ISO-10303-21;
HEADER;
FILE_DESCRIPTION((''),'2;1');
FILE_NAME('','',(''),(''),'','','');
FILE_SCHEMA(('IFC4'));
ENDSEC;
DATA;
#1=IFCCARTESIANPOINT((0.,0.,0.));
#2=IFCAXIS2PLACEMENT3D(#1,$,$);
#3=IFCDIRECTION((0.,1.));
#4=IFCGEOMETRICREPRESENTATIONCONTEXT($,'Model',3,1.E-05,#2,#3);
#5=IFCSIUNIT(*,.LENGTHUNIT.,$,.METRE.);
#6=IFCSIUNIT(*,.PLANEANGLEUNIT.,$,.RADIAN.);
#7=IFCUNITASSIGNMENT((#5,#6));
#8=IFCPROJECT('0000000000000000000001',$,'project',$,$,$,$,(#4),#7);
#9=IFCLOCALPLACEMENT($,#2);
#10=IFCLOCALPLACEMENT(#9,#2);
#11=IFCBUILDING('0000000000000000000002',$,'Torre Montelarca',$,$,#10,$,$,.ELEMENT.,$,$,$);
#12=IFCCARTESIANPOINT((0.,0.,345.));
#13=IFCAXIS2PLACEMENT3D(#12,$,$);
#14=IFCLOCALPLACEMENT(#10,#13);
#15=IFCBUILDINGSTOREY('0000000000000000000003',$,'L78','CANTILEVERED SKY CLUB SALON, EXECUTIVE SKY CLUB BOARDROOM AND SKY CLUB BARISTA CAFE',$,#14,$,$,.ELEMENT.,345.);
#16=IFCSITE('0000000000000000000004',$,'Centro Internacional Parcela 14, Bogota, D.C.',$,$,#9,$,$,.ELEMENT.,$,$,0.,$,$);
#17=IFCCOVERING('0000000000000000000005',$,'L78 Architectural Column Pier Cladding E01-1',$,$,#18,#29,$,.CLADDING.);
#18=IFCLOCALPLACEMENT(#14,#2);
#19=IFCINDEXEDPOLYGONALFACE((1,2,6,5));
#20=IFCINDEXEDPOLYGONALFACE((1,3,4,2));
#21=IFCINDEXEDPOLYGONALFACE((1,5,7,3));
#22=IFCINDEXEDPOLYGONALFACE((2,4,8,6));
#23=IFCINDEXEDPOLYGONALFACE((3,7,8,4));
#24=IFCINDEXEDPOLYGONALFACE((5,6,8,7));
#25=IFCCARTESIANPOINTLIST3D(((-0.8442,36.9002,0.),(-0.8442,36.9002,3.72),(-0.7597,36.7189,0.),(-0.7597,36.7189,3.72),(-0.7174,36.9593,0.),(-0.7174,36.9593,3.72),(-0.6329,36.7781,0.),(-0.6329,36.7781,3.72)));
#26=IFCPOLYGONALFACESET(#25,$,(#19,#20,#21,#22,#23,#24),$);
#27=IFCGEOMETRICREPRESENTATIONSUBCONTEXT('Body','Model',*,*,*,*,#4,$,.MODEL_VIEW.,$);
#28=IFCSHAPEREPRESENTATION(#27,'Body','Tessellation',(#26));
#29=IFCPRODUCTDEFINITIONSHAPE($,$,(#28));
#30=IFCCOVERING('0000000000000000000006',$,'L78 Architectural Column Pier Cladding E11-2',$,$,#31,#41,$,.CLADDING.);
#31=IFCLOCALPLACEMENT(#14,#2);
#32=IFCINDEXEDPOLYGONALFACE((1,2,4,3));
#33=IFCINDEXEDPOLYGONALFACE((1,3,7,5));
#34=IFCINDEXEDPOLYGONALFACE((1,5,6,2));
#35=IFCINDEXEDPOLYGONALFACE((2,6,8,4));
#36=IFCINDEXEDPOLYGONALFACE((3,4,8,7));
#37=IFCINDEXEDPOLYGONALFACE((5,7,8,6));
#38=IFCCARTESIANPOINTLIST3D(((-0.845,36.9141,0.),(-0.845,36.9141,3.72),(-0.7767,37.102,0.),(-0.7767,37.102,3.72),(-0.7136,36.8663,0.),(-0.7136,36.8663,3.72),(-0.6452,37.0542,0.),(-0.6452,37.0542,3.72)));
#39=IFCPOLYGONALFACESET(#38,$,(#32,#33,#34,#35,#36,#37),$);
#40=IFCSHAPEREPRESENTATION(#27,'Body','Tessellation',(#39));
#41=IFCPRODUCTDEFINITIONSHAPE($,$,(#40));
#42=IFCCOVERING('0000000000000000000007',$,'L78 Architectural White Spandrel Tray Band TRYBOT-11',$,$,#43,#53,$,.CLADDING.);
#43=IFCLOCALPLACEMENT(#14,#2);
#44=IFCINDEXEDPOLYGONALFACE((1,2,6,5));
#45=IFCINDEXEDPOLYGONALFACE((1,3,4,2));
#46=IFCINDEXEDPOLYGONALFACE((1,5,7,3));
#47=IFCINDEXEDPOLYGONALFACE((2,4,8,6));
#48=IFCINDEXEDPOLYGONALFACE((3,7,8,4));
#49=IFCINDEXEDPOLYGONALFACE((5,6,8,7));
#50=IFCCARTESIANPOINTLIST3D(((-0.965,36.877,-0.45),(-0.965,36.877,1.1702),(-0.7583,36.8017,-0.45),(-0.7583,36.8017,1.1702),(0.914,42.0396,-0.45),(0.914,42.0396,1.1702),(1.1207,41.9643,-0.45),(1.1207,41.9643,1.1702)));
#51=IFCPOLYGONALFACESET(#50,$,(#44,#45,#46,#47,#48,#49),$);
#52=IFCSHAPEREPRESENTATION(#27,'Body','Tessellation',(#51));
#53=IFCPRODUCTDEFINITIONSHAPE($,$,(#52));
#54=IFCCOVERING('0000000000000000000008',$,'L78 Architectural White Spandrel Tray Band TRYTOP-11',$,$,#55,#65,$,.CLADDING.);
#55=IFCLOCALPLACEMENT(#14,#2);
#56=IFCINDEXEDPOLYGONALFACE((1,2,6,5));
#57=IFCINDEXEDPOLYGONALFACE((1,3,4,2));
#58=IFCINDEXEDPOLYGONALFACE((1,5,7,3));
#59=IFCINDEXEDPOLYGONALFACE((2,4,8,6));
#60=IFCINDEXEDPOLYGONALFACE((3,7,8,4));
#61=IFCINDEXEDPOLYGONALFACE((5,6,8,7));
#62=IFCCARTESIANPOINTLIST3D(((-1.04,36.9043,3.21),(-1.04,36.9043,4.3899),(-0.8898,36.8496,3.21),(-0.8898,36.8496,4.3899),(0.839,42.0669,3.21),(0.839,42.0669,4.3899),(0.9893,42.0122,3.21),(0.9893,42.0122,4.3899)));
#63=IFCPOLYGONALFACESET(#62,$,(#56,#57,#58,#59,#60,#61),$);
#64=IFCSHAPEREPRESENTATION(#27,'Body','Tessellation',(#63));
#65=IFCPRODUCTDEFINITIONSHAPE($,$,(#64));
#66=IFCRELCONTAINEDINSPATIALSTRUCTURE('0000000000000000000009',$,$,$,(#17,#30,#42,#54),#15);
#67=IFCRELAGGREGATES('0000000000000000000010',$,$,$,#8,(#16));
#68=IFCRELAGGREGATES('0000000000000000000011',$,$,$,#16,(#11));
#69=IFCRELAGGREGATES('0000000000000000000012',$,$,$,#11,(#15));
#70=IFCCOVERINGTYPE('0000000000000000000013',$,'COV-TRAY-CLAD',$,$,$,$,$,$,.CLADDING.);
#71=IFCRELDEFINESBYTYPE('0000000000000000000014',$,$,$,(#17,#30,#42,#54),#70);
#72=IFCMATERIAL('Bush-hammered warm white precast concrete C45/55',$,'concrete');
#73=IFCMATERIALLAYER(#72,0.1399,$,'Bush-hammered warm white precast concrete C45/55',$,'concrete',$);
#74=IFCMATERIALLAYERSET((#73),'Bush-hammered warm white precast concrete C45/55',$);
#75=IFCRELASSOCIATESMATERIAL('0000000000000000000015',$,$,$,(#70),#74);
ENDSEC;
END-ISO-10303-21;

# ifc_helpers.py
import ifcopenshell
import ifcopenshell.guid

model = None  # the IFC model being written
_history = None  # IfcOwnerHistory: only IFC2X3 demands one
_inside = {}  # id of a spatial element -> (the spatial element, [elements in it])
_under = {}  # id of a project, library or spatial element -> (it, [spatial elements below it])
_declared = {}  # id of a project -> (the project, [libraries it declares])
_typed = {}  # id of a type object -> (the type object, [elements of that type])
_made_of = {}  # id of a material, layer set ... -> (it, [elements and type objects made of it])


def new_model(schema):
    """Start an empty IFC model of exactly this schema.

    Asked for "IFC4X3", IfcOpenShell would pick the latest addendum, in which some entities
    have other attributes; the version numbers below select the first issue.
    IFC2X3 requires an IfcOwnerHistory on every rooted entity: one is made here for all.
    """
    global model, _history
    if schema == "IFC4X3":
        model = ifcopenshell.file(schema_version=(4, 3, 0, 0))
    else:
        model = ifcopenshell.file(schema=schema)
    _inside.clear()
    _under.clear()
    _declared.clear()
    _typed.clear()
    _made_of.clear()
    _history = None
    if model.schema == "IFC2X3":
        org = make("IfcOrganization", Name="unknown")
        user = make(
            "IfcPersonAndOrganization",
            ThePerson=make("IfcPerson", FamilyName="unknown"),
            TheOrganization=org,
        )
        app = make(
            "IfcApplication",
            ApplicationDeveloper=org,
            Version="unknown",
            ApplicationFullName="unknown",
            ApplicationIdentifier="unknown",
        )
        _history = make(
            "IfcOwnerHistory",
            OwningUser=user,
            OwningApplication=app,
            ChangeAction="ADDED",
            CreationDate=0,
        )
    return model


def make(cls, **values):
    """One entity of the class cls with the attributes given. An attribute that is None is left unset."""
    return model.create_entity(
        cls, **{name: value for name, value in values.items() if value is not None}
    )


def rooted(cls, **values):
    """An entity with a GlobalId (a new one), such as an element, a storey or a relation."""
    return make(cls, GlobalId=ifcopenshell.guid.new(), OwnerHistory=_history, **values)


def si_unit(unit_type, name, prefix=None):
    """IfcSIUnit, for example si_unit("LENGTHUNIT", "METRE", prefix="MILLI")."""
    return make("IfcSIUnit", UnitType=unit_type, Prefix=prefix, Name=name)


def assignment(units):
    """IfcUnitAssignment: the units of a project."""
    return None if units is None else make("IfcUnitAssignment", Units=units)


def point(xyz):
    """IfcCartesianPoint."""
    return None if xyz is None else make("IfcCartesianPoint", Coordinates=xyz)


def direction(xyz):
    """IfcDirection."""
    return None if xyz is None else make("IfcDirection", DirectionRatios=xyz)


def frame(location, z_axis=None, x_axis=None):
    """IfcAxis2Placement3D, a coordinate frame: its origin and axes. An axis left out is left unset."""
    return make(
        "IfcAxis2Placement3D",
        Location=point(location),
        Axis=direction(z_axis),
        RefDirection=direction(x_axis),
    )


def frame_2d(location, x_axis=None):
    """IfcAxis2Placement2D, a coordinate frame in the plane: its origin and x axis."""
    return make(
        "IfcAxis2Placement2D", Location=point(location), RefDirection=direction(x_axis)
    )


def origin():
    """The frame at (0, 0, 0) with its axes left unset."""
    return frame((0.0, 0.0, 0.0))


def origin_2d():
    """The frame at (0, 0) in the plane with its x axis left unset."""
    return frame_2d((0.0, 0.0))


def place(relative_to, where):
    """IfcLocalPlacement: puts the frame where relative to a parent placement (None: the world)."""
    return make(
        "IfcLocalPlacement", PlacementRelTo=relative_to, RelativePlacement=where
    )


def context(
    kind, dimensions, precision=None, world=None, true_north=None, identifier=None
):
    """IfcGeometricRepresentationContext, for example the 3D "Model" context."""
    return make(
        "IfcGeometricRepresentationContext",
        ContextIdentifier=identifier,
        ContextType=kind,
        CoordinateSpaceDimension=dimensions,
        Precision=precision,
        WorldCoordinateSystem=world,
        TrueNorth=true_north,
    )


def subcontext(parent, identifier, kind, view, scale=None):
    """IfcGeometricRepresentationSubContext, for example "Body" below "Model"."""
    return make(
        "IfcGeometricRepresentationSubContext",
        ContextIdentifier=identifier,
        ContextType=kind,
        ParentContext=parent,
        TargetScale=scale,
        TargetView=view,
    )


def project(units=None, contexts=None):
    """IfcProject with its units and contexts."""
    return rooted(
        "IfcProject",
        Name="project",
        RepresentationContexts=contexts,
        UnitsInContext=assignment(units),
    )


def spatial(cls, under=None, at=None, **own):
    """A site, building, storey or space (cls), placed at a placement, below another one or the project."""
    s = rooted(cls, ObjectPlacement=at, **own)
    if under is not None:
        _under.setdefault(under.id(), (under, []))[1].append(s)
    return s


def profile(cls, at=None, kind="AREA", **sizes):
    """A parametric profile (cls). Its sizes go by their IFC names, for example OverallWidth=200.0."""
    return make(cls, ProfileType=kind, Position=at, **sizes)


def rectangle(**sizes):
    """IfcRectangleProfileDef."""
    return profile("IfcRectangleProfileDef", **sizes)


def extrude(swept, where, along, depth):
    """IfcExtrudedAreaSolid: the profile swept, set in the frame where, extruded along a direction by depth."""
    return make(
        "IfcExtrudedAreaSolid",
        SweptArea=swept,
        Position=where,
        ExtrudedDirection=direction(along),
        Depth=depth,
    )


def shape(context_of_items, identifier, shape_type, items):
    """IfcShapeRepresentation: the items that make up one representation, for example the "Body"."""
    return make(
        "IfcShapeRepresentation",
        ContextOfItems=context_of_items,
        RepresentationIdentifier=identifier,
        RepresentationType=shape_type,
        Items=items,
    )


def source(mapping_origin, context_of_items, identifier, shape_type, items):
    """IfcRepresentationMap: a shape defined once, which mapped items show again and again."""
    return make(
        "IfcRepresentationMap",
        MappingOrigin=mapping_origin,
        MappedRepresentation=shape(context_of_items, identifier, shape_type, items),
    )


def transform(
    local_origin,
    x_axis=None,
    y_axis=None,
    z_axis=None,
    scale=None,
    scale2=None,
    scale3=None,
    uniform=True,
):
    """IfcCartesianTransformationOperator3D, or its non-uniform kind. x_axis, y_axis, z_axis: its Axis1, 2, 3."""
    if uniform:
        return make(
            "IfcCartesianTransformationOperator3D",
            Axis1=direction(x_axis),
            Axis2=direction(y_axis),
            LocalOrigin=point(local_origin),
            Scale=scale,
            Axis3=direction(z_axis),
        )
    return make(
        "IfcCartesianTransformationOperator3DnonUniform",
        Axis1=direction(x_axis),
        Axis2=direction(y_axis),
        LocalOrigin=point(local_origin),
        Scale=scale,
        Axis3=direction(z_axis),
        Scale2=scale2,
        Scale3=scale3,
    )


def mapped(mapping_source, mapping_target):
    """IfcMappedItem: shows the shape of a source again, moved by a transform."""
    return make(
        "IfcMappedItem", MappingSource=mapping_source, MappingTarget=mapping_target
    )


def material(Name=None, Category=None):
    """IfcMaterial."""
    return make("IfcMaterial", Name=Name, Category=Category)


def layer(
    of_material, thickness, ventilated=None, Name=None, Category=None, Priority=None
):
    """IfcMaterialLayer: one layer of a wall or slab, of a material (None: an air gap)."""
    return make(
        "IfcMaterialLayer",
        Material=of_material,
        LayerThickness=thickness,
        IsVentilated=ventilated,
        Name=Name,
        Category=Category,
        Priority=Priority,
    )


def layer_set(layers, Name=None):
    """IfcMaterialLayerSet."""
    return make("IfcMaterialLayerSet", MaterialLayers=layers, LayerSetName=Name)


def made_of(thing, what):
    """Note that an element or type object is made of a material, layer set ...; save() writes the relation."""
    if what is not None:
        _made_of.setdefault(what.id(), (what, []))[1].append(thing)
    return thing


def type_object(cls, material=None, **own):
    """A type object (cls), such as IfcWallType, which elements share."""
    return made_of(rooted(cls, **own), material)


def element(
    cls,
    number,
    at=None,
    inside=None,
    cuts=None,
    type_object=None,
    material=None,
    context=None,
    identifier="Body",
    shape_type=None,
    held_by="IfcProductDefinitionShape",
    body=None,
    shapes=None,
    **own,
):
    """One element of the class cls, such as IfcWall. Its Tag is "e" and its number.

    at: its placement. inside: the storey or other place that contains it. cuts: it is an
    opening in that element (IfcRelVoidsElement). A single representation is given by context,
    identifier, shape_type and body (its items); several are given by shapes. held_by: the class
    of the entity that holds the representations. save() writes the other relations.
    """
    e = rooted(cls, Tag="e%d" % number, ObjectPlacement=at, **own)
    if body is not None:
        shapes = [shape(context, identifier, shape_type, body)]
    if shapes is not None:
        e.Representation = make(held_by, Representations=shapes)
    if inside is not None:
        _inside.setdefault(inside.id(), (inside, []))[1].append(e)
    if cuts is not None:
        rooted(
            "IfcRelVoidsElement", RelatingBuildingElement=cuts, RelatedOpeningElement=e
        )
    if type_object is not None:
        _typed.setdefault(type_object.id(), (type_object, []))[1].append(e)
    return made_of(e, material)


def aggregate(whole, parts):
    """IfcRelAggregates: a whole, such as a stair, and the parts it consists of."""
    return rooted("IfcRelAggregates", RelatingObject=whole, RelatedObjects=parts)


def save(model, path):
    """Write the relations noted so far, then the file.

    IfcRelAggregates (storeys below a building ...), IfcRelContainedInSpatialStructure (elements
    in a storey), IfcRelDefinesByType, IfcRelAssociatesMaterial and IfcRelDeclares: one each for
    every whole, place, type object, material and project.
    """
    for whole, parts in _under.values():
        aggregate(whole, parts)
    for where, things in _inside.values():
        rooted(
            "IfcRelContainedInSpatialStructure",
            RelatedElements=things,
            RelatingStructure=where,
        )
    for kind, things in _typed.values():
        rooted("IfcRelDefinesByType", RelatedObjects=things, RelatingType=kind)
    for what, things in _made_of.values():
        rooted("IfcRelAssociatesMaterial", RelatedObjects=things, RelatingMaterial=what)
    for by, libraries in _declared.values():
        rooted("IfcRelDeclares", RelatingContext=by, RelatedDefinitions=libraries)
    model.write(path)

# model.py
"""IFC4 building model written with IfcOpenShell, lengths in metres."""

from ifc_helpers import new_model, si_unit, direction, frame, origin, origin_2d, place, context, subcontext, project, spatial, rectangle, extrude, source, transform, mapped, material, layer, layer_set, type_object, element, save


model = new_model("IFC4")

# Units and contexts
model_context = context("Model", 3, precision=1e-05, world=origin(), true_north=direction((0.0, 1.0)))
body_context = subcontext(model_context, "Body", "Model", "MODEL_VIEW")
ifc_project = project(units=[si_unit("LENGTHUNIT", "METRE"), si_unit("PLANEANGLEUNIT", "RADIAN")], contexts=[model_context])

# Site, building, storey
site_placement = place(None, origin())
site = spatial("IfcSite", under=ifc_project, at=site_placement, Name="Centro Internacional Parcela 14, Bogota, D.C.", CompositionType="ELEMENT", RefElevation=0.0)
building_placement = place(site_placement, origin())
building = spatial("IfcBuilding", under=site, at=building_placement, Name="Torre Montelarca", CompositionType="ELEMENT")
storey_placement = place(building_placement, frame((0.0, 0.0, 345.0)))
storey = spatial("IfcBuildingStorey", under=building, at=storey_placement, Name="L78", Description="CANTILEVERED SKY CLUB SALON, EXECUTIVE SKY CLUB BOARDROOM AND SKY CLUB BARISTA CAFE", CompositionType="ELEMENT", Elevation=345.0)

# Coverings
ifc_material_1 = material(Name="Bush-hammered warm white precast concrete C45/55", Category="concrete")
ifc_layer_1 = layer(ifc_material_1, 0.1399, Name="Bush-hammered warm white precast concrete C45/55", Category="concrete")
ifc_layer_set_1 = layer_set([ifc_layer_1], Name="Bush-hammered warm white precast concrete C45/55")
covering_type = type_object("IfcCoveringType", Name="COV-TRAY-CLAD", PredefinedType="CLADDING", material=ifc_layer_set_1)
shared_shape_1 = source(origin(), body_context, "Body", "SweptSolid", [
    extrude(rectangle(XDim=0.2, YDim=0.1399, at=origin_2d()), origin(), (0.0, 0.0, 1.0), 3.72),
])
for number, where, z_axis, x_axis, name in (
    (1, (-0.7385, 36.8391, 0.0), (0.0, 0.0, 1.0), (0.422617, -0.906309, 0.0), "L78 Architectural Column Pier Cladding E01-1"),
    (2, (-0.7451, 36.9841, 0.0), (0.0, 0.0, 1.0), (-0.34201, -0.939696, 0.0), "L78 Architectural Column Pier Cladding E11-2"),
):
    element("IfcCovering", number, at=place(storey_placement, frame(where, z_axis=z_axis, x_axis=x_axis)), inside=storey, type_object=covering_type, Name=name, PredefinedType="CLADDING", context=body_context, shape_type="MappedRepresentation", body=[
        mapped(shared_shape_1, transform((0.0, 0.0, 0.0), scale=1.0)),
    ])
shared_shape_2 = source(origin(), body_context, "Body", "SweptSolid", [
    extrude(rectangle(XDim=5.4939, YDim=0.22, at=origin_2d()), origin(), (0.0, 0.0, 1.0), 1.6201),
])
covering_1_placement = place(storey_placement, frame((0.0779, 39.4207, -0.45), z_axis=(0.0, 0.0, 1.0), x_axis=(-0.342019, -0.939693, 0.0)))
element("IfcCovering", 3, at=covering_1_placement, inside=storey, type_object=covering_type, Name="L78 Architectural White Spandrel Tray Band TRYBOT-11", PredefinedType="CLADDING", context=body_context, shape_type="MappedRepresentation", body=[
    mapped(shared_shape_2, transform((0.0, 0.0, 0.0), scale=1.0)),
])
shared_shape_3 = source(origin(), body_context, "Body", "SweptSolid", [
    extrude(rectangle(XDim=5.4939, YDim=0.1599, at=origin_2d()), origin(), (0.0, 0.0, 1.0), 1.1799),
])
covering_2_placement = place(storey_placement, frame((-0.0254, 39.4583, 3.21), z_axis=(0.0, 0.0, 1.0), x_axis=(-0.342019, -0.939693, 0.0)))
element("IfcCovering", 4, at=covering_2_placement, inside=storey, type_object=covering_type, Name="L78 Architectural White Spandrel Tray Band TRYTOP-11", PredefinedType="CLADDING", context=body_context, shape_type="MappedRepresentation", body=[
    mapped(shared_shape_3, transform((0.0, 0.0, 0.0), scale=1.0)),
])

save(model, "model.ifc")
